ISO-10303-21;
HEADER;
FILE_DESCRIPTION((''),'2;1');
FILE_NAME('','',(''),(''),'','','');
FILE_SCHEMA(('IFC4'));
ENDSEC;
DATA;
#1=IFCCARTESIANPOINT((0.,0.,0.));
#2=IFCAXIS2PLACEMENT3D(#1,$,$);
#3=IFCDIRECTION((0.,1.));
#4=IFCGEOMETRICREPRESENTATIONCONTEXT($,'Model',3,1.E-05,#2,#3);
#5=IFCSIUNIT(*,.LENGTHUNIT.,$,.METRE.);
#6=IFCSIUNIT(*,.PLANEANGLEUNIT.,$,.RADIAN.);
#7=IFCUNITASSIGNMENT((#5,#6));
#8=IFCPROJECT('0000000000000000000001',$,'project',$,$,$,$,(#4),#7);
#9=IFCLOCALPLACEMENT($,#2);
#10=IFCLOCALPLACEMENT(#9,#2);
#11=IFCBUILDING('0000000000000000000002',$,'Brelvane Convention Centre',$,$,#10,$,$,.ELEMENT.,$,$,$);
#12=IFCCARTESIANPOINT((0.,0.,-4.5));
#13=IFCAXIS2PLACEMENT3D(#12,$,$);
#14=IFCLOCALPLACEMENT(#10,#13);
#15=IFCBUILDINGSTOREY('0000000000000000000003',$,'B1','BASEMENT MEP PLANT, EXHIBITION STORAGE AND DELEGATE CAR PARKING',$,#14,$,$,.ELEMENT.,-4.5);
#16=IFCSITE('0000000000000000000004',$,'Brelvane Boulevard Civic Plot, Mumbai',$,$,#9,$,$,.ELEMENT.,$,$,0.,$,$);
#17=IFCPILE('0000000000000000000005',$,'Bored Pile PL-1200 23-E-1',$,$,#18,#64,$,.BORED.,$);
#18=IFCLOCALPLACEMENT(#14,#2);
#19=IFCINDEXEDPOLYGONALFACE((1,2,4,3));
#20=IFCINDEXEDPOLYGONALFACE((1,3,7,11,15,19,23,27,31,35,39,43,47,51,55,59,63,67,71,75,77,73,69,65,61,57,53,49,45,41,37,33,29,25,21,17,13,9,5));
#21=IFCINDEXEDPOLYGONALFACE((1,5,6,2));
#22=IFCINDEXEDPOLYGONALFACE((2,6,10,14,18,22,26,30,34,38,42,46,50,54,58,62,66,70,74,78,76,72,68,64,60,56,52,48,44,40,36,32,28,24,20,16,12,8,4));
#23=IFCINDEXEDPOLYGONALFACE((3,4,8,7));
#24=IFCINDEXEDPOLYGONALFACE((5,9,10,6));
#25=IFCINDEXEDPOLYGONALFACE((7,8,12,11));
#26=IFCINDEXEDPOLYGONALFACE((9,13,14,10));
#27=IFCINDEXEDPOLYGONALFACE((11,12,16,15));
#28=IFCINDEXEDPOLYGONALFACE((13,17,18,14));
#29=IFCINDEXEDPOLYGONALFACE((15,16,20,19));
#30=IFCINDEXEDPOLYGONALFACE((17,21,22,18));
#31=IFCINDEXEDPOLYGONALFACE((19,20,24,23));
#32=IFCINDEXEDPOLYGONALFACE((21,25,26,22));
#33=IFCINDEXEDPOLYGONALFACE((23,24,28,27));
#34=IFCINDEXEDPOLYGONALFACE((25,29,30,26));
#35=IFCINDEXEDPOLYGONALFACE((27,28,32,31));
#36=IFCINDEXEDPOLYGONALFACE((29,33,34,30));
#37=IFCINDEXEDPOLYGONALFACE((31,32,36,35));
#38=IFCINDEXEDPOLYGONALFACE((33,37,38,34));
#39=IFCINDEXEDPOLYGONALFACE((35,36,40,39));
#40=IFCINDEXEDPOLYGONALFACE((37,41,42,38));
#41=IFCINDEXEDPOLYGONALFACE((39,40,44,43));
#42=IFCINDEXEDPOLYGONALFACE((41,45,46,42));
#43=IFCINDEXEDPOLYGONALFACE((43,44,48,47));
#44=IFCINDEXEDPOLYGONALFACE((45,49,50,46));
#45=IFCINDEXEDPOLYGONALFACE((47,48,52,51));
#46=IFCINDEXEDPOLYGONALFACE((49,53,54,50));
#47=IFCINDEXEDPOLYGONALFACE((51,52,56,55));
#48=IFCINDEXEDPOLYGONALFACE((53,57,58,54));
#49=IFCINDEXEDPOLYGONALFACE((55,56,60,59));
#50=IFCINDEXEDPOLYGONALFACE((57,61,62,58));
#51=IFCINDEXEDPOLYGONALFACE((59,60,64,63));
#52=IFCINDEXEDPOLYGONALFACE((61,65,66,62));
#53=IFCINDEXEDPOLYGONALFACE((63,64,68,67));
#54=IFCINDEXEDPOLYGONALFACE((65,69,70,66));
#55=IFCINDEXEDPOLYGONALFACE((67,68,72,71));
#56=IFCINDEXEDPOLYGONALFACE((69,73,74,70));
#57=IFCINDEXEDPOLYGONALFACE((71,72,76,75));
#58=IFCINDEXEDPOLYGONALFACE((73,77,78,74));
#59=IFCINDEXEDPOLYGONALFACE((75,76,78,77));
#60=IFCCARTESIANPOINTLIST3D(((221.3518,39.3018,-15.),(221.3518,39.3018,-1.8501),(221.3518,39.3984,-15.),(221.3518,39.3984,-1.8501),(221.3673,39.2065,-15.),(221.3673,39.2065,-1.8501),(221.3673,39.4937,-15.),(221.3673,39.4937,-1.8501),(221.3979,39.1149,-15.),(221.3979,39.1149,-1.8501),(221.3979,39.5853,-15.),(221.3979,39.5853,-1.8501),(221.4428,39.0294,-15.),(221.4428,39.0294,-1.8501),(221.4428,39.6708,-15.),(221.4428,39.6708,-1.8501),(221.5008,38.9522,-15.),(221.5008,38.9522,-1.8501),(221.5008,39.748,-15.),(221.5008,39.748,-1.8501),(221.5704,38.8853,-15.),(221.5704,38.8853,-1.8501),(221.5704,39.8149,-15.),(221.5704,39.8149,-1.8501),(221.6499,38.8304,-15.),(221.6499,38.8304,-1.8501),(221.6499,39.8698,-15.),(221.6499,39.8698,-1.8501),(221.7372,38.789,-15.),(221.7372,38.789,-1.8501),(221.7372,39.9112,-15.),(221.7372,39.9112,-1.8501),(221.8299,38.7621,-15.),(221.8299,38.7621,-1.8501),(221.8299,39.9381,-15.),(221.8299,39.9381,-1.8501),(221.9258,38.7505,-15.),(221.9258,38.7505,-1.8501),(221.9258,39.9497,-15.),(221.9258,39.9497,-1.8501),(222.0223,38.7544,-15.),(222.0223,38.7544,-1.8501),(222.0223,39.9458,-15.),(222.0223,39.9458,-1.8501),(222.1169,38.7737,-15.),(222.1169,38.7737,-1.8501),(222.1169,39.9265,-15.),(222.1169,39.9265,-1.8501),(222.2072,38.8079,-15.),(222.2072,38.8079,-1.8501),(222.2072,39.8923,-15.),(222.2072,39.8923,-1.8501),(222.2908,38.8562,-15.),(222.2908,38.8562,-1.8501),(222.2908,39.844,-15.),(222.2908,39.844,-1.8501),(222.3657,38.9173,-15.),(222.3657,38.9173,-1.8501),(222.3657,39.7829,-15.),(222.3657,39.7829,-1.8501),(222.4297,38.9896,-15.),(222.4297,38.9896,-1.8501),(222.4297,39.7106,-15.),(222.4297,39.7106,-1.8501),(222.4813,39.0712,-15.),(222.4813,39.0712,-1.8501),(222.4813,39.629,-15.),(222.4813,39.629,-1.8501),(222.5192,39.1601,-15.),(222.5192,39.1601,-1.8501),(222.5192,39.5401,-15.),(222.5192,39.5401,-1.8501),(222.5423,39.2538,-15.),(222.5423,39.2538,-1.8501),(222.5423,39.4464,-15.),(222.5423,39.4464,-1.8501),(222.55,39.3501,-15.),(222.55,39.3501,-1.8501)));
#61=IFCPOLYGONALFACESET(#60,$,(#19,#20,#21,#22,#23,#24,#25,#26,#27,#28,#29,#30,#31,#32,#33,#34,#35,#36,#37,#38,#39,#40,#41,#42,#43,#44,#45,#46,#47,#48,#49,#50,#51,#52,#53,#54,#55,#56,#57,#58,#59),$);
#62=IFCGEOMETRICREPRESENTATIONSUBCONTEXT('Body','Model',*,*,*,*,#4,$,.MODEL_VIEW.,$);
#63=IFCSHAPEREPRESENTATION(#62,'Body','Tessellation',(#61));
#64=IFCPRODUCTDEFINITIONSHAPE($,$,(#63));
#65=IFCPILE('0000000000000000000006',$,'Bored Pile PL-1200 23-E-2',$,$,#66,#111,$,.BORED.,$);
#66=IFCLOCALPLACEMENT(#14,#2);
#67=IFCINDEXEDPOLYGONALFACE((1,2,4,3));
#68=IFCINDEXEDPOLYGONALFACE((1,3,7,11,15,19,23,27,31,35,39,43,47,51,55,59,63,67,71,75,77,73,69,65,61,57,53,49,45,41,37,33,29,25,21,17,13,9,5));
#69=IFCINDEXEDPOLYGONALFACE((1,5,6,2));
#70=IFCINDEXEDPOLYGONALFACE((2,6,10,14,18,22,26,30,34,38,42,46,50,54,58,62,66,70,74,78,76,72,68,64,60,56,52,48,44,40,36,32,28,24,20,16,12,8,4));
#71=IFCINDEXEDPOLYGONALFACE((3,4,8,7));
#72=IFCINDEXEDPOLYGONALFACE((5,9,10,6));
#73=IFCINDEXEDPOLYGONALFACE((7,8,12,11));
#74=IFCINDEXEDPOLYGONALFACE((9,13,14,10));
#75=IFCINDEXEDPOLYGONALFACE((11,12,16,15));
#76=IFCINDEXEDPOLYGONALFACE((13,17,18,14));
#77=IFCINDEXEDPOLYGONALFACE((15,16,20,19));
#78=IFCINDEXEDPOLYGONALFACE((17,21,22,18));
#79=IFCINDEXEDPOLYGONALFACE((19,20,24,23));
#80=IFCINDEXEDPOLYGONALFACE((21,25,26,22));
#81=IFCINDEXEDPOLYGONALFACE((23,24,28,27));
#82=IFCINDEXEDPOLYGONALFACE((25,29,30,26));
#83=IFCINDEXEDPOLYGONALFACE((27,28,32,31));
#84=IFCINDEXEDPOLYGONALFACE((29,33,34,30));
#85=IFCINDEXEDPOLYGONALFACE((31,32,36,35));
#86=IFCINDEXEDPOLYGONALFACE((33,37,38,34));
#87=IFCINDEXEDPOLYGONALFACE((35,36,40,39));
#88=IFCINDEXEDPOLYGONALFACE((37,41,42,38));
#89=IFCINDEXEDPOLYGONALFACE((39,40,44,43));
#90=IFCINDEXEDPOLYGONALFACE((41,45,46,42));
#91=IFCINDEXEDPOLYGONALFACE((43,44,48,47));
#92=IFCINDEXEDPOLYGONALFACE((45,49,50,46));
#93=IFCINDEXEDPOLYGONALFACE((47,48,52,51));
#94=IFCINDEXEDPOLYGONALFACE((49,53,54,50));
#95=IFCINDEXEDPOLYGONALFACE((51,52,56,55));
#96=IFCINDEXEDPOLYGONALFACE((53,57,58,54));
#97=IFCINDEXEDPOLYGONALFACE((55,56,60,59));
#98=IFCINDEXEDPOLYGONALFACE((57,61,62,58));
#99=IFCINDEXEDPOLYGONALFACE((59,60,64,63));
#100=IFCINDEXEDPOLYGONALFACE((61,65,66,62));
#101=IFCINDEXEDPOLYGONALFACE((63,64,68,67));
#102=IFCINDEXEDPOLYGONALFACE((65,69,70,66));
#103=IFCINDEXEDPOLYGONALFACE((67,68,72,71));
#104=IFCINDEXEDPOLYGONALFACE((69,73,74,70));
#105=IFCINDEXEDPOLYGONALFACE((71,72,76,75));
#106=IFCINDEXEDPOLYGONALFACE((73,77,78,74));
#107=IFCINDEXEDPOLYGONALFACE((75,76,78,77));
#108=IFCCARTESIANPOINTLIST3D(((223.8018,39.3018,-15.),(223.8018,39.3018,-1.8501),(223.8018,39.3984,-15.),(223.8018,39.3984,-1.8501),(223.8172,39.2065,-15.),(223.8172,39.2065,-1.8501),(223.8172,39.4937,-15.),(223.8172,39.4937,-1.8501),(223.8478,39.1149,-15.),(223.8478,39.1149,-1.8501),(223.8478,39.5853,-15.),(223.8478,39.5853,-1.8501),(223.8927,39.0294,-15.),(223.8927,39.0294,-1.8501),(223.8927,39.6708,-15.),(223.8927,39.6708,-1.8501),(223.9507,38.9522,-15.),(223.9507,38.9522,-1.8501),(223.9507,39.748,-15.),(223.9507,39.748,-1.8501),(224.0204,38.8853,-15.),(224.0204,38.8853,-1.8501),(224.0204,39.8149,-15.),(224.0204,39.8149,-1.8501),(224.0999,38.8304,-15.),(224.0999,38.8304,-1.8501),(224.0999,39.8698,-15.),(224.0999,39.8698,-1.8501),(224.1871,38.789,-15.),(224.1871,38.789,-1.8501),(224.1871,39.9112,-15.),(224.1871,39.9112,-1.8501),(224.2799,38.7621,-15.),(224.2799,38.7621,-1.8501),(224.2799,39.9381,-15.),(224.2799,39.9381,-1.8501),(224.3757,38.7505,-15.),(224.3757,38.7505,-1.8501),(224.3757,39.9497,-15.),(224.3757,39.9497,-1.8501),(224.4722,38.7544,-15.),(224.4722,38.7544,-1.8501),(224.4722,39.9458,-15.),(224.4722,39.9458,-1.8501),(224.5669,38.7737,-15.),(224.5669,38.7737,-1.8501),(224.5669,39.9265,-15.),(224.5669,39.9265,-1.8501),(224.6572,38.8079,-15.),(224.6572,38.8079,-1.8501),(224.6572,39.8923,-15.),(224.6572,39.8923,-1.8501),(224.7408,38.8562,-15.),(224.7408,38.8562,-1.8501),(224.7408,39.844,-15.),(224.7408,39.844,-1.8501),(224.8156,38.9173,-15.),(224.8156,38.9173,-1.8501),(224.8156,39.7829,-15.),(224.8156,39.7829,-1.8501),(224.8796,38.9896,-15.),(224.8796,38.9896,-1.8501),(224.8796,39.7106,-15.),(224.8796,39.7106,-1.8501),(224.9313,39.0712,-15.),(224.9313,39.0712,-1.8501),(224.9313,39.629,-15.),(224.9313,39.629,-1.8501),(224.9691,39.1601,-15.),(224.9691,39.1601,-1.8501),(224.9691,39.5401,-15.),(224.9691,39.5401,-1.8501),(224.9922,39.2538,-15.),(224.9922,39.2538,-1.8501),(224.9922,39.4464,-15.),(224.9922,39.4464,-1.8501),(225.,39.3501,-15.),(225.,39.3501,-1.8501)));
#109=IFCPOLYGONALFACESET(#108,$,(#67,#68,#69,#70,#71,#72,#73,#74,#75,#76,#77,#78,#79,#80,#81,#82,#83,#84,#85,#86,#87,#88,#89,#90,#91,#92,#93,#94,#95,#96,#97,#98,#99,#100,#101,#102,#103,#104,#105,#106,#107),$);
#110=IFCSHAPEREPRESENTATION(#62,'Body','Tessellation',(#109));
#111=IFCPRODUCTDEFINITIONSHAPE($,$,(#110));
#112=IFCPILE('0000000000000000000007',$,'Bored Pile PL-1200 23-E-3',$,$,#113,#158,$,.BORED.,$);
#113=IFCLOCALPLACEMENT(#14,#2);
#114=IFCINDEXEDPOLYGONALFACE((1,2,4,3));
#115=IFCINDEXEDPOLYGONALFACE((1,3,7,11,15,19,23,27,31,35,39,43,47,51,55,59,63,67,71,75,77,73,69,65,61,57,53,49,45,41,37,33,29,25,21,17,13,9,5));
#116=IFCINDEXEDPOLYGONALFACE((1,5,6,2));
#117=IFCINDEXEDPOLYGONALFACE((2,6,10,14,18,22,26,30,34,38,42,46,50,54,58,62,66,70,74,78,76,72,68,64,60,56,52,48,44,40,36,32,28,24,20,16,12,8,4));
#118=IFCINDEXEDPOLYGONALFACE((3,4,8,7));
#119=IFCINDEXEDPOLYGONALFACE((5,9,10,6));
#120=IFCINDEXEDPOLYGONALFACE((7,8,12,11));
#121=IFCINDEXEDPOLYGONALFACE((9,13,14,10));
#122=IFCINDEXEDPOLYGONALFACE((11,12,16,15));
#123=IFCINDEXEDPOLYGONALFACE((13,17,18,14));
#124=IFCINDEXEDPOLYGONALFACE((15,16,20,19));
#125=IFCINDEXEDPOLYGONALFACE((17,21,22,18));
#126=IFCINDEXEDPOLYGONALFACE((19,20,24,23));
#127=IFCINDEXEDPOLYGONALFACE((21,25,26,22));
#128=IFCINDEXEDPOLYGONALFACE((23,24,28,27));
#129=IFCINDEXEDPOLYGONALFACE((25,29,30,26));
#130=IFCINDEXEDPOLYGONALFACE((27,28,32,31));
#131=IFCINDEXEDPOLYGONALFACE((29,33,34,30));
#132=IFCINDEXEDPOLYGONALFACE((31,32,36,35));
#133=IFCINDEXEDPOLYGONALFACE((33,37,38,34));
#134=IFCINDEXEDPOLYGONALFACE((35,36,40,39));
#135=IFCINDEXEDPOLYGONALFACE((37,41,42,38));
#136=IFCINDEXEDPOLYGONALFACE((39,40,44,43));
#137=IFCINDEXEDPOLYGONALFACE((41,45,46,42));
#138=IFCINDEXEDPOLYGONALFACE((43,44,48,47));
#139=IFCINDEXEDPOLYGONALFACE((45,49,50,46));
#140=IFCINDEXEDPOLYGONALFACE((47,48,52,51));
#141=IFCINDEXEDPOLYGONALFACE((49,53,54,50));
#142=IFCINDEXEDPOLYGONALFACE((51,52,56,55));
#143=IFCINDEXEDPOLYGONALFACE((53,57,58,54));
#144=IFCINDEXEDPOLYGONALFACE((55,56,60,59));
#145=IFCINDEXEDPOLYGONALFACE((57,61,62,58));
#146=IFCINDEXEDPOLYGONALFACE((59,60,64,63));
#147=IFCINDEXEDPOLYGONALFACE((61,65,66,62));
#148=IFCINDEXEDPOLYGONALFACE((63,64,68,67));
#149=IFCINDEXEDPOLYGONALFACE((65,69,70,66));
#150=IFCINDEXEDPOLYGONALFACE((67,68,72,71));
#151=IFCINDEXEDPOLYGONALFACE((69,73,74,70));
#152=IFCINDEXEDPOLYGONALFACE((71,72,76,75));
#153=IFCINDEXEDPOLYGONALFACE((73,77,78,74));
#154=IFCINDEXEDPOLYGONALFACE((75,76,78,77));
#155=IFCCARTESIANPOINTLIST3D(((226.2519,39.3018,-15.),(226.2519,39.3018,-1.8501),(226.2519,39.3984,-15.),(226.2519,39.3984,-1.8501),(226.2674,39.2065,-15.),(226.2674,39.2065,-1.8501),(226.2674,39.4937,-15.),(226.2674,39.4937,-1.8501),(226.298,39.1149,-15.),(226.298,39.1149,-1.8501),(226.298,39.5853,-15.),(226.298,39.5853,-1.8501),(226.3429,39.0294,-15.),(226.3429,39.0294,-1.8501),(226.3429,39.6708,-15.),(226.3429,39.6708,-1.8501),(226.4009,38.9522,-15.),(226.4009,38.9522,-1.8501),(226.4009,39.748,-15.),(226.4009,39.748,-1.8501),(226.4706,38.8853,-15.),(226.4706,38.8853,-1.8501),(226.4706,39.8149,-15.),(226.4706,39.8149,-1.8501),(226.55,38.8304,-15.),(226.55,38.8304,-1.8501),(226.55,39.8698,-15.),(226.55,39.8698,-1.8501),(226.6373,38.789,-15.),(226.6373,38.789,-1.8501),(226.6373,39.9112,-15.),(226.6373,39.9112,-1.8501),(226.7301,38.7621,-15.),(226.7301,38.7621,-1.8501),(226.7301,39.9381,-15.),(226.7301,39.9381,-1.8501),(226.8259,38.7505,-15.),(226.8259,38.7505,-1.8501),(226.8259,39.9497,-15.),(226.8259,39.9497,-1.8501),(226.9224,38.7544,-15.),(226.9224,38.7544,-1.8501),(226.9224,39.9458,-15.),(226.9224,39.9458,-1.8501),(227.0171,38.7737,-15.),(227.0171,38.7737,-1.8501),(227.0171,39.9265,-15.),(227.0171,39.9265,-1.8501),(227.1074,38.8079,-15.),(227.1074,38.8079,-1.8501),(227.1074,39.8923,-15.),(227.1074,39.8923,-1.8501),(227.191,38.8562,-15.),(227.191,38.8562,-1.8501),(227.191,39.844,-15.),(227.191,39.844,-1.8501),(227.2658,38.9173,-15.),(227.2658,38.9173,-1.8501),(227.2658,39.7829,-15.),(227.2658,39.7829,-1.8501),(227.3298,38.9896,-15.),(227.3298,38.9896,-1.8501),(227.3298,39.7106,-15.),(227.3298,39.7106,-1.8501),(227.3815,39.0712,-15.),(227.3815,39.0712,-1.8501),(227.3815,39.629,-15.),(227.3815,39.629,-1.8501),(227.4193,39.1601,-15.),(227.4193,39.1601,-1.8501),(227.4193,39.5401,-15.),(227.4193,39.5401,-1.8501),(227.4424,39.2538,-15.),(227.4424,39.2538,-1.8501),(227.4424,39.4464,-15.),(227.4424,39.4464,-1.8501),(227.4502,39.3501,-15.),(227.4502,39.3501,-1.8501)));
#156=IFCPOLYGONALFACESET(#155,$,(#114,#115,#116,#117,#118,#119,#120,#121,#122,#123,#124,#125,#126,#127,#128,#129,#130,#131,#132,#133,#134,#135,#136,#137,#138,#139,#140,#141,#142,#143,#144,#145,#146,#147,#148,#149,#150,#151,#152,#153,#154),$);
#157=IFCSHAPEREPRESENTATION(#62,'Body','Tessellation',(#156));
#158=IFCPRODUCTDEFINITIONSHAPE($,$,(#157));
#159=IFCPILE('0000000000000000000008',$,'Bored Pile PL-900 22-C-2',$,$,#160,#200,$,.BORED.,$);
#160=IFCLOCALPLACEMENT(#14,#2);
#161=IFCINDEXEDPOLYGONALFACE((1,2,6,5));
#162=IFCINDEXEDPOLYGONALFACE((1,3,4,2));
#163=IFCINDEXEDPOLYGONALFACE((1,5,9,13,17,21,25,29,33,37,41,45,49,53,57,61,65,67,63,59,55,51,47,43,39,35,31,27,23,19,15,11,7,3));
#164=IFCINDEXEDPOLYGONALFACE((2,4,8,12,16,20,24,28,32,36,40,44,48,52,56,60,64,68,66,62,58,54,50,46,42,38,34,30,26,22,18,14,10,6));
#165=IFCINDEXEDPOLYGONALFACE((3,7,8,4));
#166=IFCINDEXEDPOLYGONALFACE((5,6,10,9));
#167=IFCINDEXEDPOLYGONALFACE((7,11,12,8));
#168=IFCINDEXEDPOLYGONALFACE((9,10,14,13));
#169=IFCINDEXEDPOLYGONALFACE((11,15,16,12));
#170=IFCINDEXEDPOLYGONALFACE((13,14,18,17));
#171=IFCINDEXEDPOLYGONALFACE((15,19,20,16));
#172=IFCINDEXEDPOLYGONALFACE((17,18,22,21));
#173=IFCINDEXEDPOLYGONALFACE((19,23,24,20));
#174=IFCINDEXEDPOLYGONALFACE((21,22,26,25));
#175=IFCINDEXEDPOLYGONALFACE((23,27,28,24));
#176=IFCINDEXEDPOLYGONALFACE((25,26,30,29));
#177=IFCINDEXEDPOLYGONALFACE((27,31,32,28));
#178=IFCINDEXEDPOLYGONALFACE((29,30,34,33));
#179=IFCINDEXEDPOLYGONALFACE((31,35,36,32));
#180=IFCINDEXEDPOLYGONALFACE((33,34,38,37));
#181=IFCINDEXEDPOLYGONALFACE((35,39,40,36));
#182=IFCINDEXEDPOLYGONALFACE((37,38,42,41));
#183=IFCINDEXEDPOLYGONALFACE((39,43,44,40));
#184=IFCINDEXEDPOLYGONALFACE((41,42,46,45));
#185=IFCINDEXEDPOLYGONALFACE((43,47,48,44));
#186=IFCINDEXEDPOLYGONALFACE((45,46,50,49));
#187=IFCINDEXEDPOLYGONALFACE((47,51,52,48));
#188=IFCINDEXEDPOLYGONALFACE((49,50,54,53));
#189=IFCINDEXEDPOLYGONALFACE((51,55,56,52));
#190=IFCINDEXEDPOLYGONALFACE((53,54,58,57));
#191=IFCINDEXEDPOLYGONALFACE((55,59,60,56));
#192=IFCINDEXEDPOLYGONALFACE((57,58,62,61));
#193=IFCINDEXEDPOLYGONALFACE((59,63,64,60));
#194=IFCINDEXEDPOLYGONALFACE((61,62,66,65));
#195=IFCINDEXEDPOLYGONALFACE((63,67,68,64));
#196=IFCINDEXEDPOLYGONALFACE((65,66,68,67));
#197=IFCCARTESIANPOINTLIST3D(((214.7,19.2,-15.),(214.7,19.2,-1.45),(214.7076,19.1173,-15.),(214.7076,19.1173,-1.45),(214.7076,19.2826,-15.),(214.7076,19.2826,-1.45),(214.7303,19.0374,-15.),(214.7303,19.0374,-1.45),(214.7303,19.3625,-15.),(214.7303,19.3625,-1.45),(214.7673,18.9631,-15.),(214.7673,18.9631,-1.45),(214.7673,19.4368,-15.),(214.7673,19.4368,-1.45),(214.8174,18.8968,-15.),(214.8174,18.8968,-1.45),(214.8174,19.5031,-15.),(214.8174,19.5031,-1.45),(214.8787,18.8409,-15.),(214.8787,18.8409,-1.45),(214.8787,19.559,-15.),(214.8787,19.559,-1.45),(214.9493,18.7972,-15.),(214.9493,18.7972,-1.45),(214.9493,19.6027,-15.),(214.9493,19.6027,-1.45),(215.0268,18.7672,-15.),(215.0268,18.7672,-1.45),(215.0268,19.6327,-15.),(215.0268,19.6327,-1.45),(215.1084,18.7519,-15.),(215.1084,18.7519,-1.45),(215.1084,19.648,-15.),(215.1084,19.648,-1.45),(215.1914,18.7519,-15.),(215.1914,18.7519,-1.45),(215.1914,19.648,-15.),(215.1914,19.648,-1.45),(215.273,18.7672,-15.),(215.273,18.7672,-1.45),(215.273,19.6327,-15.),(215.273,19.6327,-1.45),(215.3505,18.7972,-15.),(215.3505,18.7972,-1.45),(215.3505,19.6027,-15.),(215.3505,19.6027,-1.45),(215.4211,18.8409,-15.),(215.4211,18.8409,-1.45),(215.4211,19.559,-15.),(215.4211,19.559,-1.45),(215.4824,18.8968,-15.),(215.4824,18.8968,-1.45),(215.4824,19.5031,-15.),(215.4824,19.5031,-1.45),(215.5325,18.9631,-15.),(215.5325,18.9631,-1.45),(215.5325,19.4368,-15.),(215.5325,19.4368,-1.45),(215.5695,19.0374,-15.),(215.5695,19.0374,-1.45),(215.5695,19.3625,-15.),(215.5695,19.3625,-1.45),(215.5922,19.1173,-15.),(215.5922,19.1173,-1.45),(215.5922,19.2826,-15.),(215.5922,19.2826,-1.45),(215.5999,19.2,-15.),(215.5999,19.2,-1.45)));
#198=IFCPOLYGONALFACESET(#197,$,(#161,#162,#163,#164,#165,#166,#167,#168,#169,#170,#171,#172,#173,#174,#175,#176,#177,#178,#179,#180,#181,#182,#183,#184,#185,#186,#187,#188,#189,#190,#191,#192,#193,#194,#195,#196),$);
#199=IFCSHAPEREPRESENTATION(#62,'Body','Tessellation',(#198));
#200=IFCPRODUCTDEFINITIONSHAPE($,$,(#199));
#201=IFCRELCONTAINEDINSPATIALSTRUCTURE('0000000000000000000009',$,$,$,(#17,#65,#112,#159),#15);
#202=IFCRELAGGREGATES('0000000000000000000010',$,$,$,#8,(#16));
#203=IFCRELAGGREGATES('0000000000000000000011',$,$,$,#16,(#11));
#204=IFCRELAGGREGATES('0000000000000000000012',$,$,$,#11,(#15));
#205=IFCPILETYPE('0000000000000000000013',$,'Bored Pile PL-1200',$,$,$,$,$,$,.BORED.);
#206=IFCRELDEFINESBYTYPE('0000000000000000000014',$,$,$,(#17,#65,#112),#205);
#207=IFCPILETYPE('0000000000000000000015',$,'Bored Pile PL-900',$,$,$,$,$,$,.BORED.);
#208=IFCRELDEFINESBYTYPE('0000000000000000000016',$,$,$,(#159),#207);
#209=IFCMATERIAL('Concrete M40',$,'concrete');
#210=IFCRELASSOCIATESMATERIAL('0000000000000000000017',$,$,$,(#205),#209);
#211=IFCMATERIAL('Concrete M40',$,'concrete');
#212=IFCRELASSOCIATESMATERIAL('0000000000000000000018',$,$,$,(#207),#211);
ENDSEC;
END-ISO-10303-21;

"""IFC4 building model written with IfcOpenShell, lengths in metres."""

from ifc_helpers import new_model, si_unit, direction, frame, origin, origin_2d, place, context, subcontext, project, spatial, circle, extrude, material, material_profile, profile_set, type_object, element, save


model = new_model("IFC4")

# Units and contexts
model_context = context("Model", 3, precision=1e-05, world=origin(), true_north=direction((0.0, 1.0)))
body_context = subcontext(model_context, "Body", "Model", "MODEL_VIEW")
ifc_project = project(units=[si_unit("LENGTHUNIT", "METRE"), si_unit("PLANEANGLEUNIT", "RADIAN")], contexts=[model_context])

# Site, building, storey
site_placement = place(None, origin())
site = spatial("IfcSite", under=ifc_project, at=site_placement, Name="Brelvane Boulevard Civic Plot, Mumbai", CompositionType="ELEMENT", RefElevation=0.0)
building_placement = place(site_placement, origin())
building = spatial("IfcBuilding", under=site, at=building_placement, Name="Brelvane Convention Centre", CompositionType="ELEMENT")
storey_placement = place(building_placement, frame((0.0, 0.0, -4.5)))
storey = spatial("IfcBuildingStorey", under=building, at=storey_placement, Name="B1", Description="BASEMENT MEP PLANT, EXHIBITION STORAGE AND DELEGATE CAR PARKING", CompositionType="ELEMENT", Elevation=-4.5)

# Piles
ifc_material_1 = material(Name="Concrete M40", Category="concrete")
ifc_material_profile_1 = material_profile(ifc_material_1, circle(Radius=0.6001, at=origin_2d()), Name="PILE D1200")
ifc_profile_set_1 = profile_set([ifc_material_profile_1], Name="Concrete M40")
pile_type_1 = type_object("IfcPileType", Name="Bored Pile PL-1200", PredefinedType="BORED", material=ifc_profile_set_1)
for number, where, z_axis, x_axis, name in (
    (1, (221.95, 39.3501, -1.8501), (0.0, 0.0, -1.0), (1.0, 0.0, 0.0), "Bored Pile PL-1200 23-E-1"),
    (2, (224.3999, 39.3501, -1.8501), (0.0, 0.0, -1.0), (1.0, 0.0, 0.0), "Bored Pile PL-1200 23-E-2"),
    (3, (226.8501, 39.3501, -1.8501), (0.0, 0.0, -1.0), (1.0, 0.0, 0.0), "Bored Pile PL-1200 23-E-3"),
):
    element("IfcPile", number, at=place(storey_placement, frame(where, z_axis=z_axis, x_axis=x_axis)), inside=storey, type_object=pile_type_1, Name=name, PredefinedType="BORED", context=body_context, shape_type="SweptSolid", body=[
        extrude(circle(Radius=0.6001, at=origin_2d()), origin(), (0.0, 0.0, 1.0), 13.1499),
    ])
ifc_material_2 = material(Name="Concrete M40", Category="concrete")
ifc_material_profile_2 = material_profile(ifc_material_2, circle(Radius=0.45, at=origin_2d()), Name="PILE D900")
ifc_profile_set_2 = profile_set([ifc_material_profile_2], Name="Concrete M40")
pile_type_2 = type_object("IfcPileType", Name="Bored Pile PL-900", PredefinedType="BORED", material=ifc_profile_set_2)
pile_placement = place(storey_placement, frame((215.1499, 19.2, -1.45), z_axis=(0.0, 0.0, -1.0), x_axis=(1.0, 0.0, 0.0)))
element("IfcPile", 4, at=pile_placement, inside=storey, type_object=pile_type_2, Name="Bored Pile PL-900 22-C-2", PredefinedType="BORED", context=body_context, shape_type="SweptSolid", body=[
    extrude(circle(Radius=0.45, at=origin_2d()), origin(), (0.0, 0.0, 1.0), 13.55),
])

save(model, "model.ifc")
